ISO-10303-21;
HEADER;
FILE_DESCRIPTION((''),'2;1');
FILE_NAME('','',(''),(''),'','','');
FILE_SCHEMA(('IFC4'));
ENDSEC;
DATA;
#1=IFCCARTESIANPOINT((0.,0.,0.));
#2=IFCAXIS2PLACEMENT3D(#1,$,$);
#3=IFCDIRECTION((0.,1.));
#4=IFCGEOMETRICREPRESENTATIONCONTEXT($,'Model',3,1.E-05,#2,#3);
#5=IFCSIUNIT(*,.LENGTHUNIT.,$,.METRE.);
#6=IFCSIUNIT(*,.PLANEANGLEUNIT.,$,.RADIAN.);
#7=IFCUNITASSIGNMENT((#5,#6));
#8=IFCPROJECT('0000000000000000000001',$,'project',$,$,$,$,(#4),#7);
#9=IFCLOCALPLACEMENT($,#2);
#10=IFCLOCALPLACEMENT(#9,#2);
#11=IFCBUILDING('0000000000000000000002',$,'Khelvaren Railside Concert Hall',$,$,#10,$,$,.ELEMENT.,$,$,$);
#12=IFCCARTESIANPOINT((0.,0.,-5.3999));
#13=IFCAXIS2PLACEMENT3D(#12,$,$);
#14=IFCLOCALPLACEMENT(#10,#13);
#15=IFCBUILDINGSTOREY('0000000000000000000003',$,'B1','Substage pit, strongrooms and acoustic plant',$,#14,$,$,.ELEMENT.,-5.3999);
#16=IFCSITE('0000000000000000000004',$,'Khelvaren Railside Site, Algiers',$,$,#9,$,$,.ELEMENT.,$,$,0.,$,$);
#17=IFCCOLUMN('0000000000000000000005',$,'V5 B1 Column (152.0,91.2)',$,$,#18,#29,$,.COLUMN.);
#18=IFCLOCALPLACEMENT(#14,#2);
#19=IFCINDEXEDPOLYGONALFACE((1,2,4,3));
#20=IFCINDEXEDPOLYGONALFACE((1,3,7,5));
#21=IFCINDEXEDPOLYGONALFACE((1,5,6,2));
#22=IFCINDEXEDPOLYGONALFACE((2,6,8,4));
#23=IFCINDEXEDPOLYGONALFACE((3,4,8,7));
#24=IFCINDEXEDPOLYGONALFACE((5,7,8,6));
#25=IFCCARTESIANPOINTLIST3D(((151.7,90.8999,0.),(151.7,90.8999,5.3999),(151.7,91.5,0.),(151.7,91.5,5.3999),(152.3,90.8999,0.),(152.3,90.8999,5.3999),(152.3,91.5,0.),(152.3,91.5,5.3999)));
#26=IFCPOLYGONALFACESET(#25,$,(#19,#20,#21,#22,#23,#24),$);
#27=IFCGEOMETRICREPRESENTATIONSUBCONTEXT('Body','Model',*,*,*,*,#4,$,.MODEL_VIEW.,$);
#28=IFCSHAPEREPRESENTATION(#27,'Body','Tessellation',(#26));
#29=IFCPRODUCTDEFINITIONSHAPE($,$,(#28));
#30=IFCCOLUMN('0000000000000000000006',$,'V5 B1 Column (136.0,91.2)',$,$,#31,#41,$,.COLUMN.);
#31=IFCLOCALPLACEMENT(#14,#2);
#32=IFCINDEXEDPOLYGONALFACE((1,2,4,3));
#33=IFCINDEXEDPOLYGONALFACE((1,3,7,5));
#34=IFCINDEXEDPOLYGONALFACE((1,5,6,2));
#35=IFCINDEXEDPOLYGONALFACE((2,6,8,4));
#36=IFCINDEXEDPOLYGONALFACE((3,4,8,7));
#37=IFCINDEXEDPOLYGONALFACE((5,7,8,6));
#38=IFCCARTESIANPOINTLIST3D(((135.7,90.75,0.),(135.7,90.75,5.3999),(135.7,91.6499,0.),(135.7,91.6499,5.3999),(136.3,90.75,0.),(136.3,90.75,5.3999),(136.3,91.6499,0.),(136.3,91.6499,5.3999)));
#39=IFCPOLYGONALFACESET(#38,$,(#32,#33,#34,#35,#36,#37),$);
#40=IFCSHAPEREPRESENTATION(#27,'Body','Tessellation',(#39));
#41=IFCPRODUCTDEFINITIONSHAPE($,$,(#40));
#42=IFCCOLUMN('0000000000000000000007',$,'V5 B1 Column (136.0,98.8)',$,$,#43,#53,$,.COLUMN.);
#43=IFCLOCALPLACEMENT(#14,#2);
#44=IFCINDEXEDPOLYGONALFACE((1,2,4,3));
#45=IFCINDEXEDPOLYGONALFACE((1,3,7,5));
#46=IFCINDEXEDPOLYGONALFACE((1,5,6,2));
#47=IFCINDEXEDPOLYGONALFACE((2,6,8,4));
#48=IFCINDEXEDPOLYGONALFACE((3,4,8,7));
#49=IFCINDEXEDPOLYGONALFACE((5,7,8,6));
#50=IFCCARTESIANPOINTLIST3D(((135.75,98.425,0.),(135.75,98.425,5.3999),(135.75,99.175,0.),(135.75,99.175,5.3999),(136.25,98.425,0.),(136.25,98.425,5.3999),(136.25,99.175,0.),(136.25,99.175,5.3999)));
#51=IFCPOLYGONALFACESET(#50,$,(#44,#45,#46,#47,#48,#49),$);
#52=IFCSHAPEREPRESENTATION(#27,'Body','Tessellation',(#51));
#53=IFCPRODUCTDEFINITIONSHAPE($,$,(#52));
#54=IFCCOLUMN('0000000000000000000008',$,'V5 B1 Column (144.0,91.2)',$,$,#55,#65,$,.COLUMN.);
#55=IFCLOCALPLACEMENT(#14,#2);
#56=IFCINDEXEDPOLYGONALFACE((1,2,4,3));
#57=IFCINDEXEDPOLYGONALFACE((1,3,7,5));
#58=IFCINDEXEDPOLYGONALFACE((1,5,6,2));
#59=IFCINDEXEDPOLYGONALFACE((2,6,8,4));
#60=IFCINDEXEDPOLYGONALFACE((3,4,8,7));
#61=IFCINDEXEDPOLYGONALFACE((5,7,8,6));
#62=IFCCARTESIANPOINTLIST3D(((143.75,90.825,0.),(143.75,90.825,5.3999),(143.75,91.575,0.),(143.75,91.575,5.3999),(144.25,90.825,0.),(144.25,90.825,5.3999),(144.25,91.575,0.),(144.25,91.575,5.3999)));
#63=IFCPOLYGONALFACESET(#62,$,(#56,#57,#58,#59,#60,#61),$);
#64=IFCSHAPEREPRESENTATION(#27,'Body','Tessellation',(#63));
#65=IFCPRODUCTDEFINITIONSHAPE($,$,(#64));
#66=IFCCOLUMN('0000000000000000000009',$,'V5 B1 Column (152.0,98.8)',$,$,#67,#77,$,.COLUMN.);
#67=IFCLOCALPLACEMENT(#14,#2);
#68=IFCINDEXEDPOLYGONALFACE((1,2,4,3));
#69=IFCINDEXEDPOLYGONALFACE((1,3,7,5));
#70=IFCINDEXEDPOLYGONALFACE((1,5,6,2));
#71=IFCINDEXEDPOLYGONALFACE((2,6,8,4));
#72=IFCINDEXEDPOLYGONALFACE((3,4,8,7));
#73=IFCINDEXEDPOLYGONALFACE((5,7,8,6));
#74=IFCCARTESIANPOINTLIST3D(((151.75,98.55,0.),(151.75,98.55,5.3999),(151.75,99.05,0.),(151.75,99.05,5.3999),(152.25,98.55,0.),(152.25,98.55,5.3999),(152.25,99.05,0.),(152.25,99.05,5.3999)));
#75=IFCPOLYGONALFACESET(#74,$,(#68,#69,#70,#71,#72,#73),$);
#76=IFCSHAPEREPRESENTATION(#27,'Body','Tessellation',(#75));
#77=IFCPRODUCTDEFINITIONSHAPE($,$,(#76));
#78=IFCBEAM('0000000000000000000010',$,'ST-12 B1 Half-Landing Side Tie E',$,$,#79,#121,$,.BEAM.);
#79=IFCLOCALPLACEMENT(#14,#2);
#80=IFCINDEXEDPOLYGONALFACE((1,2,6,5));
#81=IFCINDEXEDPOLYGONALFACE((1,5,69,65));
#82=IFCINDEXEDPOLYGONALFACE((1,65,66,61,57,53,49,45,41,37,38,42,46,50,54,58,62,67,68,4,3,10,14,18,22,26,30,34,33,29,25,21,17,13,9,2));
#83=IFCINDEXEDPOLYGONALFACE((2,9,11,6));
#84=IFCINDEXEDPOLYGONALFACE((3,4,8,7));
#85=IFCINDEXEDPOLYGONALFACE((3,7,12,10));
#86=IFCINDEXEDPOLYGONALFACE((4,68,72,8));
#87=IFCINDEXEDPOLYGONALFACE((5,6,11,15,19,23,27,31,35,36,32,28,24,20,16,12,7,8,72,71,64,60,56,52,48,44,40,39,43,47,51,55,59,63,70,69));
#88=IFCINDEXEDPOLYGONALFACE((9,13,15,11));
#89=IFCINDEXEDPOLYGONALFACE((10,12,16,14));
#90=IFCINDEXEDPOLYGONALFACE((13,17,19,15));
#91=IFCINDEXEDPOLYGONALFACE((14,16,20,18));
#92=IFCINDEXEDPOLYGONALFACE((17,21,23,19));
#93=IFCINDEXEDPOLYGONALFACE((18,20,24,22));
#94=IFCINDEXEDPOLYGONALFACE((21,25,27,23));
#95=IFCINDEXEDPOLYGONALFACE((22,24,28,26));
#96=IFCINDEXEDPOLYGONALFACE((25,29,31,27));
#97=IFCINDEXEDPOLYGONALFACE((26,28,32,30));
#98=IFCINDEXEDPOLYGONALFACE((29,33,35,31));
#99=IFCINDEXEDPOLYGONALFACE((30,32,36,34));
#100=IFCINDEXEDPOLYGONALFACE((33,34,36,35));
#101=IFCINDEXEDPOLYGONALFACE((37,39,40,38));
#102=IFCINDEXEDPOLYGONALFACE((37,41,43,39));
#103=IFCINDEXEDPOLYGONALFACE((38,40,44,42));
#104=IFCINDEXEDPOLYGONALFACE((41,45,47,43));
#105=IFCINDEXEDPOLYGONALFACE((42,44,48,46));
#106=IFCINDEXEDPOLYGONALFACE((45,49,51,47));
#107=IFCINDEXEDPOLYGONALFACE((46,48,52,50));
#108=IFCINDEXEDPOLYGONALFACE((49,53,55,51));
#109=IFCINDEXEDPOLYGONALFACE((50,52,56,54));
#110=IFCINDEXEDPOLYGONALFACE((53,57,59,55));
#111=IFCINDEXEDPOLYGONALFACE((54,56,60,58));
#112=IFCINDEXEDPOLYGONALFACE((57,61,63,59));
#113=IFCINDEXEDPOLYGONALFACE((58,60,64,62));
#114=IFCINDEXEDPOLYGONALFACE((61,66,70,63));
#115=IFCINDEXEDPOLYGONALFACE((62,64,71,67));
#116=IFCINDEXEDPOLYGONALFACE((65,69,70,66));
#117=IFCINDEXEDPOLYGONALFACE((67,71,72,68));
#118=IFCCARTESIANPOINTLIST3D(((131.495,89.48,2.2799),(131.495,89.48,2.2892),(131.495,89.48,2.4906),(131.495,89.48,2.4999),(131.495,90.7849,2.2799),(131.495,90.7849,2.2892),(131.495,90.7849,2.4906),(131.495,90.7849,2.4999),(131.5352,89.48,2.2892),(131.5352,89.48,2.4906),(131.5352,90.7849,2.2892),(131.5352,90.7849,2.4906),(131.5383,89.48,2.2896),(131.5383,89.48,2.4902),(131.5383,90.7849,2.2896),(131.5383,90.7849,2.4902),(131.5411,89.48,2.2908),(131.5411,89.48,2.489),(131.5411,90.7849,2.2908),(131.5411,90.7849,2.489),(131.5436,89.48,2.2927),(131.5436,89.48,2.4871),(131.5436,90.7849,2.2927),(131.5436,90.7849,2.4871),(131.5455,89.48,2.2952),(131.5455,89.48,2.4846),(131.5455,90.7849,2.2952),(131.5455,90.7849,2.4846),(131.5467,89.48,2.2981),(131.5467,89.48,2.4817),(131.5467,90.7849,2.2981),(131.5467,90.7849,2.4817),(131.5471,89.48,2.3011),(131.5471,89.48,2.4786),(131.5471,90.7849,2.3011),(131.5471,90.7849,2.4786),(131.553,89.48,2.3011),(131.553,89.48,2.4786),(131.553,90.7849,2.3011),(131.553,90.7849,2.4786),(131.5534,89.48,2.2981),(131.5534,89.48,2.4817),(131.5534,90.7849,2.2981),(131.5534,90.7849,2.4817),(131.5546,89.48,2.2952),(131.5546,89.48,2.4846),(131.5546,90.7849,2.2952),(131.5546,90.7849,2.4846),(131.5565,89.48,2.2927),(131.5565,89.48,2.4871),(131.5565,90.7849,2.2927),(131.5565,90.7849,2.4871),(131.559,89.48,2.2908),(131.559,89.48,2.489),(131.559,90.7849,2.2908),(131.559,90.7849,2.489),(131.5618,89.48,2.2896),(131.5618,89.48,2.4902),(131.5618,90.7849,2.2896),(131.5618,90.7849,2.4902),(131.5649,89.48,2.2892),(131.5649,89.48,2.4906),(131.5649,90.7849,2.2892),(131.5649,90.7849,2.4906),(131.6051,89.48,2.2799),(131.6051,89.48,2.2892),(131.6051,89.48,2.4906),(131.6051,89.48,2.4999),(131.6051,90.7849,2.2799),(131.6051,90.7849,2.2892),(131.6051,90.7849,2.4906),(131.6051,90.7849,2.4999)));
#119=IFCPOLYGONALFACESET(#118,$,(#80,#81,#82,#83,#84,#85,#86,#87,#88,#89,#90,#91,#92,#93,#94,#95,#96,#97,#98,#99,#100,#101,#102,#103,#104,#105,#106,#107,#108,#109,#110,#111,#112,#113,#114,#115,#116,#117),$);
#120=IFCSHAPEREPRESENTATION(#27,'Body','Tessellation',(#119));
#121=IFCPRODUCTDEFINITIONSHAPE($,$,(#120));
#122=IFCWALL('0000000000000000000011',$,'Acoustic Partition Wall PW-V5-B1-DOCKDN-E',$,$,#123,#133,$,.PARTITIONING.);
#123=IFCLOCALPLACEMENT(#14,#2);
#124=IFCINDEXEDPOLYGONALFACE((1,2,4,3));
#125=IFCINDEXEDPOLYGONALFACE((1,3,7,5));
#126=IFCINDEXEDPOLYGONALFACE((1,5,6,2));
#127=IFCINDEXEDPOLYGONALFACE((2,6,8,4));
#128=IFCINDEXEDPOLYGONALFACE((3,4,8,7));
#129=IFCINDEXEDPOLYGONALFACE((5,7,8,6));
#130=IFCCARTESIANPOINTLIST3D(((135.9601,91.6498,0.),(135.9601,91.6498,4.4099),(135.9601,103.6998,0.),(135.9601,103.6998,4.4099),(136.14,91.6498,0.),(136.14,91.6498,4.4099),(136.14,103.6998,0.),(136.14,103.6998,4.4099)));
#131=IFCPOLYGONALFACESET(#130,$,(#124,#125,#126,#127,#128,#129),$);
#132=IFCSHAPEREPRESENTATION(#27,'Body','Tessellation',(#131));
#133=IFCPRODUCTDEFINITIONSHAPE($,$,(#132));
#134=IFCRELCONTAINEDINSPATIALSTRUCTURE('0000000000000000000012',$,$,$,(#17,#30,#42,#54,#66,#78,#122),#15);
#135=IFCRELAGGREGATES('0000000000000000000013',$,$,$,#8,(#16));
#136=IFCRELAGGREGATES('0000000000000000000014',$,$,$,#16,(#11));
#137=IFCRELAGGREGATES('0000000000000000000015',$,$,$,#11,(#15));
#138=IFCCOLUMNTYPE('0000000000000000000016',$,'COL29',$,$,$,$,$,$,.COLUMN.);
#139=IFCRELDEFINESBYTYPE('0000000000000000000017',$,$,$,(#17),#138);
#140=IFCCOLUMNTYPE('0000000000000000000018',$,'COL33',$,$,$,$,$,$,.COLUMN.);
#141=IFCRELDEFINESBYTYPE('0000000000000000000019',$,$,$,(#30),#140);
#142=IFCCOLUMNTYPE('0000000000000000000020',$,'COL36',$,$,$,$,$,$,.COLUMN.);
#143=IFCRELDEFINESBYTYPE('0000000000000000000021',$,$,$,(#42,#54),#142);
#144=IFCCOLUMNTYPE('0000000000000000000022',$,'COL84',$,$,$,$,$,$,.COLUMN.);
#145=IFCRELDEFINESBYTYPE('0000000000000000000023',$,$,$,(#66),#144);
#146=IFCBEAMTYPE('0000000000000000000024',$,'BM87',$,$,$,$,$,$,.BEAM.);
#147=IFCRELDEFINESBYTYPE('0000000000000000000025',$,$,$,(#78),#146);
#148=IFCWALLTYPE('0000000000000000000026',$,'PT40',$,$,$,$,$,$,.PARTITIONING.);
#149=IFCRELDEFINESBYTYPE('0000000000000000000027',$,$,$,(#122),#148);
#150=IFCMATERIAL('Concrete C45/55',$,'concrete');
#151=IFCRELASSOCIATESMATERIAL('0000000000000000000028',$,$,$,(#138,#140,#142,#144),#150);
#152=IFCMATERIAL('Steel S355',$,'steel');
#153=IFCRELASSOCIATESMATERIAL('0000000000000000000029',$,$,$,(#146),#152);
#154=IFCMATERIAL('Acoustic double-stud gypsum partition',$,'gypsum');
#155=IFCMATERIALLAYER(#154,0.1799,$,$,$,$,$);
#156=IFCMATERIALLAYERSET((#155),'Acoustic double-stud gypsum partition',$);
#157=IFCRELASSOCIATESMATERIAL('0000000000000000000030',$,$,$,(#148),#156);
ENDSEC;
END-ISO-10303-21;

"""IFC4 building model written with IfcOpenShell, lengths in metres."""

from ifc_helpers import new_model, si_unit, direction, frame, frame_2d, origin, origin_2d, place, context, subcontext, project, spatial, rectangle, i_section, extrude, material, layer, layer_set, material_profile, profile_set, type_object, element, save


model = new_model("IFC4")

# Units and contexts
model_context = context("Model", 3, precision=1e-05, world=origin(), true_north=direction((0.0, 1.0)))
body_context = subcontext(model_context, "Body", "Model", "MODEL_VIEW")
ifc_project = project(units=[si_unit("LENGTHUNIT", "METRE"), si_unit("PLANEANGLEUNIT", "RADIAN")], contexts=[model_context])

# Site, building, storey
site_placement = place(None, origin())
site = spatial("IfcSite", under=ifc_project, at=site_placement, Name="Khelvaren Railside Site, Algiers", CompositionType="ELEMENT", RefElevation=0.0)
building_placement = place(site_placement, origin())
building = spatial("IfcBuilding", under=site, at=building_placement, Name="Khelvaren Railside Concert Hall", CompositionType="ELEMENT")
storey_placement = place(building_placement, frame((0.0, 0.0, -5.3999)))
storey = spatial("IfcBuildingStorey", under=building, at=storey_placement, Name="B1", Description="Substage pit, strongrooms and acoustic plant", CompositionType="ELEMENT", Elevation=-5.3999)

# Columns
ifc_material_1 = material(Name="Concrete C45/55", Category="concrete")
ifc_material_profile_1 = material_profile(ifc_material_1, rectangle(XDim=0.6001, YDim=0.6001, at=origin_2d()), Name="RC 600x600")
ifc_profile_set_1 = profile_set([ifc_material_profile_1], Name="Concrete C45/55")
column_type_1 = type_object("IfcColumnType", Name="COL29", PredefinedType="COLUMN", material=ifc_profile_set_1)
for number, where, z_axis, x_axis, name in (
    (1, (152.0, 91.2, 0.0), (0.0, 0.0, 1.0), (1.0, 0.0, 0.0), "V5 B1 Column (152.0,91.2)"),
):
    element("IfcColumn", number, at=place(storey_placement, frame(where, z_axis=z_axis, x_axis=x_axis)), inside=storey, type_object=column_type_1, Name=name, PredefinedType="COLUMN", context=body_context, shape_type="SweptSolid", body=[
        extrude(rectangle(XDim=0.6001, YDim=0.6001, at=origin_2d()), origin(), (0.0, 0.0, 1.0), 5.3999),
    ])
ifc_material_profile_2 = material_profile(ifc_material_1, rectangle(XDim=0.6001, YDim=0.8999, at=origin_2d()), Name="RC 600x900")
ifc_profile_set_2 = profile_set([ifc_material_profile_2], Name="Concrete C45/55")
column_type_2 = type_object("IfcColumnType", Name="COL33", PredefinedType="COLUMN", material=ifc_profile_set_2)
column_1_placement = place(storey_placement, frame((136.0, 91.2, 0.0), z_axis=(0.0, 0.0, 1.0), x_axis=(1.0, 0.0, 0.0)))
element("IfcColumn", 2, at=column_1_placement, inside=storey, type_object=column_type_2, Name="V5 B1 Column (136.0,91.2)", PredefinedType="COLUMN", context=body_context, shape_type="SweptSolid", body=[
    extrude(rectangle(XDim=0.6001, YDim=0.8999, at=origin_2d()), origin(), (0.0, 0.0, 1.0), 5.3999),
])
ifc_material_profile_3 = material_profile(ifc_material_1, rectangle(XDim=0.5, YDim=0.75, at=origin_2d()), Name="RC 500x750")
ifc_profile_set_3 = profile_set([ifc_material_profile_3], Name="Concrete C45/55")
column_type_3 = type_object("IfcColumnType", Name="COL36", PredefinedType="COLUMN", material=ifc_profile_set_3)
for number, where, z_axis, x_axis, name in (
    (3, (136.0, 98.8, 0.0), (0.0, 0.0, 1.0), (1.0, 0.0, 0.0), "V5 B1 Column (136.0,98.8)"),
    (4, (144.0, 91.2, 0.0), (0.0, 0.0, 1.0), (1.0, 0.0, 0.0), "V5 B1 Column (144.0,91.2)"),
):
    element("IfcColumn", number, at=place(storey_placement, frame(where, z_axis=z_axis, x_axis=x_axis)), inside=storey, type_object=column_type_3, Name=name, PredefinedType="COLUMN", context=body_context, shape_type="SweptSolid", body=[
        extrude(rectangle(XDim=0.5, YDim=0.75, at=origin_2d()), origin(), (0.0, 0.0, 1.0), 5.3999),
    ])
ifc_material_profile_4 = material_profile(ifc_material_1, rectangle(XDim=0.5, YDim=0.5, at=origin_2d()), Name="RC 500x500")
ifc_profile_set_4 = profile_set([ifc_material_profile_4], Name="Concrete C45/55")
column_type_4 = type_object("IfcColumnType", Name="COL84", PredefinedType="COLUMN", material=ifc_profile_set_4)
column_2_placement = place(storey_placement, frame((152.0, 98.8, 0.0), z_axis=(0.0, 0.0, 1.0), x_axis=(1.0, 0.0, 0.0)))
element("IfcColumn", 5, at=column_2_placement, inside=storey, type_object=column_type_4, Name="V5 B1 Column (152.0,98.8)", PredefinedType="COLUMN", context=body_context, shape_type="SweptSolid", body=[
    extrude(rectangle(XDim=0.5, YDim=0.5, at=origin_2d()), origin(), (0.0, 0.0, 1.0), 5.3999),
])

# Beam
ifc_material_2 = material(Name="Steel S355", Category="steel")
ifc_material_profile_5 = material_profile(ifc_material_2, i_section(OverallWidth=0.1101, OverallDepth=0.22, WebThickness=0.0059, FlangeThickness=0.0093, FilletRadius=0.012, at=origin_2d()), Name="IPE 220")
ifc_profile_set_5 = profile_set([ifc_material_profile_5], Name="Steel S355")
beam_type = type_object("IfcBeamType", Name="BM87", PredefinedType="BEAM", material=ifc_profile_set_5)
beam_placement = place(storey_placement, frame((131.55, 89.48, 2.3899), z_axis=(0.0, 1.0, 0.0), x_axis=(-1.0, 0.0, 0.0)))
element("IfcBeam", 6, at=beam_placement, inside=storey, type_object=beam_type, Name="ST-12 B1 Half-Landing Side Tie E", PredefinedType="BEAM", context=body_context, shape_type="SweptSolid", body=[
    extrude(i_section(OverallWidth=0.1101, OverallDepth=0.22, WebThickness=0.0059, FlangeThickness=0.0093, FilletRadius=0.012, at=origin_2d()), origin(), (0.0, 0.0, 1.0), 1.3049),
])

# Wall
ifc_material_3 = material(Name="Acoustic double-stud gypsum partition", Category="gypsum")
ifc_layer = layer(ifc_material_3, 0.1799)
ifc_layer_set = layer_set([ifc_layer], Name="Acoustic double-stud gypsum partition")
wall_type = type_object("IfcWallType", Name="PT40", PredefinedType="PARTITIONING", material=ifc_layer_set)
wall_placement = place(storey_placement, frame((136.05, 91.6499, 0.0), z_axis=(0.0, 0.0, 1.0), x_axis=(0.0, 1.0, 0.0)))
element("IfcWall", 7, at=wall_placement, inside=storey, type_object=wall_type, Name="Acoustic Partition Wall PW-V5-B1-DOCKDN-E", PredefinedType="PARTITIONING", context=body_context, shape_type="SweptSolid", body=[
    extrude(rectangle(XDim=12.05, YDim=0.1799, at=frame_2d((6.0249, 0.0))), origin(), (0.0, 0.0, 1.0), 4.4099),
])

save(model, "model.ifc")
